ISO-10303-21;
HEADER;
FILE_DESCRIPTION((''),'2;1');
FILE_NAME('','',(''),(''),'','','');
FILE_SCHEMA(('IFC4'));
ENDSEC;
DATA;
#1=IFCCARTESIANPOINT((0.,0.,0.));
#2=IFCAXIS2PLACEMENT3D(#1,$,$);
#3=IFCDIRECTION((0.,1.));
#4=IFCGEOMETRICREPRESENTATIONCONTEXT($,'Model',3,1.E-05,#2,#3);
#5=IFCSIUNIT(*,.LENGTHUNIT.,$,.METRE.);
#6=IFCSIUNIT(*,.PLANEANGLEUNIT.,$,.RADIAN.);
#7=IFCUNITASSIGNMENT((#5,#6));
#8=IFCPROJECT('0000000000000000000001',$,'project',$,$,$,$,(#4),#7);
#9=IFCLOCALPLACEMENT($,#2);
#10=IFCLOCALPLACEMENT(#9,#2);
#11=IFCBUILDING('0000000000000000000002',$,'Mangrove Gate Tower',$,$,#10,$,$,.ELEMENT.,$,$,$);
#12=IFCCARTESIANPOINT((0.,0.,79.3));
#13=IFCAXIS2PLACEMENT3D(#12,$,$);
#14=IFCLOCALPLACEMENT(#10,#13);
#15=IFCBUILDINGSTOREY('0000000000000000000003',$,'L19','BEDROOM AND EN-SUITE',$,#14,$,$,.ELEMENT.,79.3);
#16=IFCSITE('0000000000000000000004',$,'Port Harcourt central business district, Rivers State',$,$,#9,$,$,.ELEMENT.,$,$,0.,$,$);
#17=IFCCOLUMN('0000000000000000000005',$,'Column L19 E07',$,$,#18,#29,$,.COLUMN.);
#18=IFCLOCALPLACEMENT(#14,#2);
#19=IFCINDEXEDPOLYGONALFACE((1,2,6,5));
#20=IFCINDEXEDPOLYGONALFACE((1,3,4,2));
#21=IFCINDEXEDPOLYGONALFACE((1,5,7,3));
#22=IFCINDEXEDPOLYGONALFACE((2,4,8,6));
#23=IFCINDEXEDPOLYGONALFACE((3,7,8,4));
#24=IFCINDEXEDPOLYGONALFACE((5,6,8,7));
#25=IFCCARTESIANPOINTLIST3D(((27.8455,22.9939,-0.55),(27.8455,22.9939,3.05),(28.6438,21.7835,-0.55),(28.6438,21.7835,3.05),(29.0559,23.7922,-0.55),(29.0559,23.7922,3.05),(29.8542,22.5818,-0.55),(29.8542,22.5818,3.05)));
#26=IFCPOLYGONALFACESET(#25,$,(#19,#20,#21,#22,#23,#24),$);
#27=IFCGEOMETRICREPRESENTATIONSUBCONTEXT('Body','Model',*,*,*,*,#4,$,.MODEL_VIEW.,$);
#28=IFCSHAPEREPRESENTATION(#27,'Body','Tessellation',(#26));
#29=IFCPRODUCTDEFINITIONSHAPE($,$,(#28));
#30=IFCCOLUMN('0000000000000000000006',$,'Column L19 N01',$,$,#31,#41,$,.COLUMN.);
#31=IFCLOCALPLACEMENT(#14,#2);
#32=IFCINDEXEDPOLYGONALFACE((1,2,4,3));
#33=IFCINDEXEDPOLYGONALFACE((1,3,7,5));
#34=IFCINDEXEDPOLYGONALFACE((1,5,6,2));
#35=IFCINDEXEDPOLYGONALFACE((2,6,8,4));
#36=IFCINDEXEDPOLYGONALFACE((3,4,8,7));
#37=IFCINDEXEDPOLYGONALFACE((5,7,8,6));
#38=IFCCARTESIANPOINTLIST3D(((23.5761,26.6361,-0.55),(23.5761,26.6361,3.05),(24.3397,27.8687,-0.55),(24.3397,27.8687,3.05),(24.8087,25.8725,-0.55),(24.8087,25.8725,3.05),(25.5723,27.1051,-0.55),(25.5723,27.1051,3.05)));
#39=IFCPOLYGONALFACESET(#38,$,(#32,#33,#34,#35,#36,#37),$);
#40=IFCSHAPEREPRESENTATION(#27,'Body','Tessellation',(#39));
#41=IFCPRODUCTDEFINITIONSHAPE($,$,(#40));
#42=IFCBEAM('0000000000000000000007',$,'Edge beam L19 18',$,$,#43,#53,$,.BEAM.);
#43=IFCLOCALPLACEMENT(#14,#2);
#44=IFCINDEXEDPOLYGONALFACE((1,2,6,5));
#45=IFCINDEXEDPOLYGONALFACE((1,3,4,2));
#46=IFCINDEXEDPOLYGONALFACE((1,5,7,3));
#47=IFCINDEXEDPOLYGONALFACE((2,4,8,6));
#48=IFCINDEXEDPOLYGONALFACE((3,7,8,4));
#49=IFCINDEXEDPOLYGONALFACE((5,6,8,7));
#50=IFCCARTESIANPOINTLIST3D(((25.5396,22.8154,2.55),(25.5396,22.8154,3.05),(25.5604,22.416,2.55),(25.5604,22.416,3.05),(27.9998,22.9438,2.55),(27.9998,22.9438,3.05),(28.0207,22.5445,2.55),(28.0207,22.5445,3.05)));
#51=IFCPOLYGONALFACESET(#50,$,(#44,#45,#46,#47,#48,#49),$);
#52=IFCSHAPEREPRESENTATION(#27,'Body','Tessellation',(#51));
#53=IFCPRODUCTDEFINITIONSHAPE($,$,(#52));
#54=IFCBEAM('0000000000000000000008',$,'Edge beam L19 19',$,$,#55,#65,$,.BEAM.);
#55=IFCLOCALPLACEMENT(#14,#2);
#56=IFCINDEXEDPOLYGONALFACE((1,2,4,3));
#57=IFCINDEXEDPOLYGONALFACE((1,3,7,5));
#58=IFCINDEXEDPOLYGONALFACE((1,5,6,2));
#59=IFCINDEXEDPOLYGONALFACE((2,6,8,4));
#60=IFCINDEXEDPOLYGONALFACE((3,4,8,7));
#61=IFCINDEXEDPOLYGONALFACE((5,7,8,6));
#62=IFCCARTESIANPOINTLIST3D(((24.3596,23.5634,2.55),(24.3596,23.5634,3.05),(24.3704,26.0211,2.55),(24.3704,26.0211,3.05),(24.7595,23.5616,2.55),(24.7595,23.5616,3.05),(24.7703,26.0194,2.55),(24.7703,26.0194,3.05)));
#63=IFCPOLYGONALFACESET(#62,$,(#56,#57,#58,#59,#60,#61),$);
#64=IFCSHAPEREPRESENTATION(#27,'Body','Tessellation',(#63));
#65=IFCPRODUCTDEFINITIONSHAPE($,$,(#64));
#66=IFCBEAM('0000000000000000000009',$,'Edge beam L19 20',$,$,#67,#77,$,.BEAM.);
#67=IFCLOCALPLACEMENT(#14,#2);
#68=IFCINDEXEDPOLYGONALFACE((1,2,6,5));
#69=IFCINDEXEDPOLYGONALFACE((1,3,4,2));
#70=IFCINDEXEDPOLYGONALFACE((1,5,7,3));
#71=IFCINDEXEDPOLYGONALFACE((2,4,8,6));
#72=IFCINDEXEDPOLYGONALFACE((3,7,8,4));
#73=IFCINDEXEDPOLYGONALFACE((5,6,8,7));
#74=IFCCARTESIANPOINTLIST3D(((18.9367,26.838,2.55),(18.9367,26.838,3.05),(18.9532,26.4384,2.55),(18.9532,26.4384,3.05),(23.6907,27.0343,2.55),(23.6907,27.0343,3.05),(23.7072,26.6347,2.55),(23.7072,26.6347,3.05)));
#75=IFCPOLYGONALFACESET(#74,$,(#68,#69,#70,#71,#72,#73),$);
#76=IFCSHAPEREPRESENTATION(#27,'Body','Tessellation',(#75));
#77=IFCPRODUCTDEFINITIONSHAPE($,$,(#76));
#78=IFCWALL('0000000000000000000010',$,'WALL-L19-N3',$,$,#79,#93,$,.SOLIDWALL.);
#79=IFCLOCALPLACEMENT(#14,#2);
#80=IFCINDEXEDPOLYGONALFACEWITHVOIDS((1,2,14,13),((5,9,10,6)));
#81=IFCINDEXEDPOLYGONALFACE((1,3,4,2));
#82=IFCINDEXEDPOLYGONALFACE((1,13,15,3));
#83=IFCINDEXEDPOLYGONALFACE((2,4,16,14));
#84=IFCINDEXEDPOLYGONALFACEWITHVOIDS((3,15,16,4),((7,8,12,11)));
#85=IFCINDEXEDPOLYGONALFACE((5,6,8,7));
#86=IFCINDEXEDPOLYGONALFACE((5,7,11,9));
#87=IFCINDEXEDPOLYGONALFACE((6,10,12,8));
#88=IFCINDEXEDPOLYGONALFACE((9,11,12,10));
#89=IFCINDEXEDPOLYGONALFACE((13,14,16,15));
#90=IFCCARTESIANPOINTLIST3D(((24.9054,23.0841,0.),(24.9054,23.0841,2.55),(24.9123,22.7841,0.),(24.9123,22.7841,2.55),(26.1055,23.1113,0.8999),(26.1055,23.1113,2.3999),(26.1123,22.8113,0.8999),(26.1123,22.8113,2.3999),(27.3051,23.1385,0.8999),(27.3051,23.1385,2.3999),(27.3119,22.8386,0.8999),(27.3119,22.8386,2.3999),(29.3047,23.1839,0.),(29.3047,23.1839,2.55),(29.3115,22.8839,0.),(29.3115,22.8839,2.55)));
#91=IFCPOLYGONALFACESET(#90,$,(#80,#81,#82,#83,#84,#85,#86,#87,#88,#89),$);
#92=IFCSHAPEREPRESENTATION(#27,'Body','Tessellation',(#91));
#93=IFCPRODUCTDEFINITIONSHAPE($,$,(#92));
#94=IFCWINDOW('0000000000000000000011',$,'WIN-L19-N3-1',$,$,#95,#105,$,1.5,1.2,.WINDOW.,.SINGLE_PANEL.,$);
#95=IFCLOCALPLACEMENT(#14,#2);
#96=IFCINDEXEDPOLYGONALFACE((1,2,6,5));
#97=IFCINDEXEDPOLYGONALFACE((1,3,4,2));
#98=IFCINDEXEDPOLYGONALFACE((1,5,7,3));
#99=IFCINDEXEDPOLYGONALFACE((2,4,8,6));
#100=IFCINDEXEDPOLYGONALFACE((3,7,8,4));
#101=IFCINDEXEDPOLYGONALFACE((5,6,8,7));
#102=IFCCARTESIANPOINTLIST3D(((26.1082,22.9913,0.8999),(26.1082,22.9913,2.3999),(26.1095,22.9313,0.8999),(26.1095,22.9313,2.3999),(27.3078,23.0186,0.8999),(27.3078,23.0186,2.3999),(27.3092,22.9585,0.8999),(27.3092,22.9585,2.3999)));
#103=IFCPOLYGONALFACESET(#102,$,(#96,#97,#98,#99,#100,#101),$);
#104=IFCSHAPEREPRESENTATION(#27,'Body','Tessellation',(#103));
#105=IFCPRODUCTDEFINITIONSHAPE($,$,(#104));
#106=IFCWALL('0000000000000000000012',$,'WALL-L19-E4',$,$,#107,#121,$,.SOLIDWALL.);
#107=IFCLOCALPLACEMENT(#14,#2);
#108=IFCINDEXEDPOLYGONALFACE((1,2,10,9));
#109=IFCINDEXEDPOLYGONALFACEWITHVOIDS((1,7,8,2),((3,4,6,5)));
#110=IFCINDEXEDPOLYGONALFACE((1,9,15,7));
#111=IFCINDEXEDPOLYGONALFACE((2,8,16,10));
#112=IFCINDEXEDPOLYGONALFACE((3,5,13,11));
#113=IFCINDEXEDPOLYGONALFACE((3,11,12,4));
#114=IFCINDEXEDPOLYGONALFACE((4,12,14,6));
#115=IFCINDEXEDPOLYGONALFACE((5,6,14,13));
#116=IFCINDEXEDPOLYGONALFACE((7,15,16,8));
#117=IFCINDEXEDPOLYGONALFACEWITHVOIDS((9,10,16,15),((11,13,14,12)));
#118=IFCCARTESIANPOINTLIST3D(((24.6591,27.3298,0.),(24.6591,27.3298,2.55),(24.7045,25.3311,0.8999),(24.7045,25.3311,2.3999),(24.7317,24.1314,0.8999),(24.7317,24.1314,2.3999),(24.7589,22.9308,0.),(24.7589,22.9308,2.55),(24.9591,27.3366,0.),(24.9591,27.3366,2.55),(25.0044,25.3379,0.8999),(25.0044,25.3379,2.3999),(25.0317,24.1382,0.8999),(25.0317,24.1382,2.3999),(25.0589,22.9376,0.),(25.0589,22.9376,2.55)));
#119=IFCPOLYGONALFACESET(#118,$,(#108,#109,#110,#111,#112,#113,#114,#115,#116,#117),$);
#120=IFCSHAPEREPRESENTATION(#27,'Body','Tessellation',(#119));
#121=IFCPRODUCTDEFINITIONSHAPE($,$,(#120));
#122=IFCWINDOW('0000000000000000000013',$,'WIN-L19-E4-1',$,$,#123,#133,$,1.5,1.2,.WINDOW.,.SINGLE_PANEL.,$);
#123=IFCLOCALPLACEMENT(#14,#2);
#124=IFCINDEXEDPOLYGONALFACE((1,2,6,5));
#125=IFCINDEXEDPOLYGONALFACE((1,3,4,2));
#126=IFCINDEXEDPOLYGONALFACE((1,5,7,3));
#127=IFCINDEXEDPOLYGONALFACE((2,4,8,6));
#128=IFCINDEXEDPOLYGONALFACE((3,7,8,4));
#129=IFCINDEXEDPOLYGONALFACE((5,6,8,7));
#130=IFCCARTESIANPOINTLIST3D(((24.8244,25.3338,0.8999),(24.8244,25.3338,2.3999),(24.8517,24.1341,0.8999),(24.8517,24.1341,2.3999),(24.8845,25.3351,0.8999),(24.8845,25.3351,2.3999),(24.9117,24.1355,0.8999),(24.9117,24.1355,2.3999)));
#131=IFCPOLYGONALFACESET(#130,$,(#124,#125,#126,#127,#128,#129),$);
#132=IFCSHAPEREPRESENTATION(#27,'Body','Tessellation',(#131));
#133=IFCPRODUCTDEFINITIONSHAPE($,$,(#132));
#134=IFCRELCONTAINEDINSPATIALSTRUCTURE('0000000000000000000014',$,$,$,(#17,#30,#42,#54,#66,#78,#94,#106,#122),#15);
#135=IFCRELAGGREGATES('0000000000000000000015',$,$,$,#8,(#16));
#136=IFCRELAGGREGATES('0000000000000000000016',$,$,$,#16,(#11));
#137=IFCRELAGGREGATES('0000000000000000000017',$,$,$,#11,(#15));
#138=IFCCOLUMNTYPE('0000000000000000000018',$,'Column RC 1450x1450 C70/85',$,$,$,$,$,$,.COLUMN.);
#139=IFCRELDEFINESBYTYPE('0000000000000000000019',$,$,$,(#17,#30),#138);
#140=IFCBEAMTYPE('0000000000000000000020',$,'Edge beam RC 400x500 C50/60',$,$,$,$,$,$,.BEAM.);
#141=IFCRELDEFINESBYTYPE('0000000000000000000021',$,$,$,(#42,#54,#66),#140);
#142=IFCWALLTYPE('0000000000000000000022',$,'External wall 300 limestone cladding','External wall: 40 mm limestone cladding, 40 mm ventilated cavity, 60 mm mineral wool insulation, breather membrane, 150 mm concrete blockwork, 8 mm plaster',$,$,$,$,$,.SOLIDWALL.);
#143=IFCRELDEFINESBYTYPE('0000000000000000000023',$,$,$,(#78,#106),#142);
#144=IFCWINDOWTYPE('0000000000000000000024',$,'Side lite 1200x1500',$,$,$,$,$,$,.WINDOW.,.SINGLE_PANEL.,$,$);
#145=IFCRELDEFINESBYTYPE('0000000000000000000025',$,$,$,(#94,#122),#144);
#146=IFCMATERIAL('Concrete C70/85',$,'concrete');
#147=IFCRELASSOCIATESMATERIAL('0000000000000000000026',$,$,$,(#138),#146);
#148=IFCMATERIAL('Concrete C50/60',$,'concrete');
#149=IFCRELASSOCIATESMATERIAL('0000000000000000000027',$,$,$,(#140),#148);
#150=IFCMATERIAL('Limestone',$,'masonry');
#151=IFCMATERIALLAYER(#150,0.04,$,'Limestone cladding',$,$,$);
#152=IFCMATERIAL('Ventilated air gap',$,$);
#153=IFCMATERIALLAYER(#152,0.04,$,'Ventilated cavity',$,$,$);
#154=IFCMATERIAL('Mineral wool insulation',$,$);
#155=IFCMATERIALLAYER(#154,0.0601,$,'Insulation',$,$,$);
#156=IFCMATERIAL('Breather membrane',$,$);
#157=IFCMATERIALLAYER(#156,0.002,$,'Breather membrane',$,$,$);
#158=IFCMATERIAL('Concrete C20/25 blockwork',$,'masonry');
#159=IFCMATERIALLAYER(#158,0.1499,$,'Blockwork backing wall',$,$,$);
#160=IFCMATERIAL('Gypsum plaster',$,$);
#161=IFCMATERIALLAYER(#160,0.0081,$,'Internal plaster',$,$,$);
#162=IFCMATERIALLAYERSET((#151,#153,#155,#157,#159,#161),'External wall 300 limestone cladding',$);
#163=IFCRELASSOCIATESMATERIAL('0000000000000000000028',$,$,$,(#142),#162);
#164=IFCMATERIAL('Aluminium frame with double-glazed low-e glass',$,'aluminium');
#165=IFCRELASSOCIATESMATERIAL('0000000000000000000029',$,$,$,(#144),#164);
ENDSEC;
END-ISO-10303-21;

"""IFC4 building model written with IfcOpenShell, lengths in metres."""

from ifc_helpers import new_model, si_unit, direction, frame, frame_2d, origin, origin_2d, place, context, subcontext, project, spatial, rectangle, extrude, material, layer, layer_set, material_profile, profile_set, type_object, element, fill, save


model = new_model("IFC4")

# Units and contexts
model_context = context("Model", 3, precision=1e-05, world=origin(), true_north=direction((0.0, 1.0)))
body_context = subcontext(model_context, "Body", "Model", "MODEL_VIEW")
ifc_project = project(units=[si_unit("LENGTHUNIT", "METRE"), si_unit("PLANEANGLEUNIT", "RADIAN")], contexts=[model_context])

# Site, building, storey
site_placement = place(None, origin())
site = spatial("IfcSite", under=ifc_project, at=site_placement, Name="Port Harcourt central business district, Rivers State", CompositionType="ELEMENT", RefElevation=0.0)
building_placement = place(site_placement, origin())
building = spatial("IfcBuilding", under=site, at=building_placement, Name="Mangrove Gate Tower", CompositionType="ELEMENT")
storey_placement = place(building_placement, frame((0.0, 0.0, 79.3)))
storey = spatial("IfcBuildingStorey", under=building, at=storey_placement, Name="L19", Description="BEDROOM AND EN-SUITE", CompositionType="ELEMENT", Elevation=79.3)

# Columns
ifc_material_1 = material(Name="Concrete C70/85", Category="concrete")
ifc_material_profile_1 = material_profile(ifc_material_1, rectangle(XDim=1.45, YDim=1.45, at=origin_2d()))
ifc_profile_set_1 = profile_set([ifc_material_profile_1], Name="Concrete C70/85")
column_type = type_object("IfcColumnType", Name="Column RC 1450x1450 C70/85", PredefinedType="COLUMN", material=ifc_profile_set_1)
for number, where, z_axis, x_axis, name in (
    (1, (28.8499, 22.7878, -0.55), (0.0, 0.0, 1.0), (-0.550568, 0.83479, 0.0), "Column L19 E07"),
    (2, (24.5742, 26.8706, -0.55), (0.0, 0.0, 1.0), (-0.850083, 0.526649, 0.0), "Column L19 N01"),
):
    element("IfcColumn", number, at=place(storey_placement, frame(where, z_axis=z_axis, x_axis=x_axis)), inside=storey, type_object=column_type, Name=name, PredefinedType="COLUMN", context=body_context, shape_type="SweptSolid", body=[
        extrude(rectangle(XDim=1.45, YDim=1.45, at=origin_2d()), origin(), (0.0, 0.0, 1.0), 3.6001),
    ])

# Beams
ifc_material_2 = material(Name="Concrete C50/60", Category="concrete")
ifc_material_profile_2 = material_profile(ifc_material_2, rectangle(XDim=0.3999, YDim=0.5, at=origin_2d()))
ifc_profile_set_2 = profile_set([ifc_material_profile_2], Name="Concrete C50/60")
beam_type = type_object("IfcBeamType", Name="Edge beam RC 400x500 C50/60", PredefinedType="BEAM", material=ifc_profile_set_2)
beam_1_placement = place(storey_placement, frame((28.0103, 22.7441, 2.8), z_axis=(-0.99864, -0.052127, 0.0), x_axis=(0.052127, -0.99864, 0.0)))
element("IfcBeam", 3, at=beam_1_placement, inside=storey, type_object=beam_type, Name="Edge beam L19 18", PredefinedType="BEAM", context=body_context, shape_type="SweptSolid", body=[
    extrude(rectangle(XDim=0.3999, YDim=0.5, at=origin_2d()), origin(), (0.0, 0.0, 1.0), 2.4636),
])
beam_2_placement = place(storey_placement, frame((24.5596, 23.5625, 2.8), z_axis=(0.004371, 0.99999, 0.0), x_axis=(-0.99999, 0.004371, 0.0)))
element("IfcBeam", 4, at=beam_2_placement, inside=storey, type_object=beam_type, Name="Edge beam L19 19", PredefinedType="BEAM", context=body_context, shape_type="SweptSolid", body=[
    extrude(rectangle(XDim=0.3999, YDim=0.5, at=origin_2d()), origin(), (0.0, 0.0, 1.0), 2.4578),
])
beam_3_placement = place(storey_placement, frame((23.699, 26.8345, 2.8), z_axis=(-0.999149, -0.041255, 0.0), x_axis=(0.041255, -0.999149, 0.0)))
element("IfcBeam", 5, at=beam_3_placement, inside=storey, type_object=beam_type, Name="Edge beam L19 20", PredefinedType="BEAM", context=body_context, shape_type="SweptSolid", body=[
    extrude(rectangle(XDim=0.3999, YDim=0.5, at=origin_2d()), origin(), (0.0, 0.0, 1.0), 4.7581),
])

# Walls, openings, windows
ifc_material_3 = material(Name="Limestone", Category="masonry")
ifc_layer_1 = layer(ifc_material_3, 0.04, Name="Limestone cladding")
ifc_material_4 = material(Name="Ventilated air gap")
ifc_layer_2 = layer(ifc_material_4, 0.04, Name="Ventilated cavity")
ifc_material_5 = material(Name="Mineral wool insulation")
ifc_layer_3 = layer(ifc_material_5, 0.0601, Name="Insulation")
ifc_material_6 = material(Name="Breather membrane")
ifc_layer_4 = layer(ifc_material_6, 0.002, Name="Breather membrane")
ifc_material_7 = material(Name="Concrete C20/25 blockwork", Category="masonry")
ifc_layer_5 = layer(ifc_material_7, 0.1499, Name="Blockwork backing wall")
ifc_material_8 = material(Name="Gypsum plaster")
ifc_layer_6 = layer(ifc_material_8, 0.0081, Name="Internal plaster")
ifc_layer_set = layer_set([ifc_layer_1, ifc_layer_2, ifc_layer_3, ifc_layer_4, ifc_layer_5, ifc_layer_6], Name="External wall 300 limestone cladding")
wall_type = type_object("IfcWallType", Name="External wall 300 limestone cladding", Description="External wall: 40 mm limestone cladding, 40 mm ventilated cavity, 60 mm mineral wool insulation, breather membrane, 150 mm concrete blockwork, 8 mm plaster", PredefinedType="SOLIDWALL", material=ifc_layer_set)
wall_1_placement = place(storey_placement, frame((29.3081, 23.0339, 0.0), z_axis=(0.0, 0.0, 1.0), x_axis=(-0.999742, -0.022692, 0.0)))
wall_1 = element("IfcWall", 6, at=wall_1_placement, inside=storey, type_object=wall_type, Name="WALL-L19-N3", PredefinedType="SOLIDWALL", context=body_context, shape_type="SweptSolid", body=[
    extrude(rectangle(XDim=4.4004, YDim=0.3, at=frame_2d((2.2002, 0.0))), origin(), (0.0, 0.0, 1.0), 2.55),
])
opening_1_placement = place(wall_1_placement, frame((2.0, 0.0, 0.8999)))
opening_1 = element("IfcOpeningElement", 7, at=opening_1_placement, cuts=wall_1, PredefinedType="OPENING", context=body_context, shape_type="SweptSolid", body=[
    extrude(rectangle(XDim=1.2, YDim=1.5, at=frame_2d((0.6001, 0.75))), frame((0.0, 0.1599, 0.0), z_axis=(0.0, -1.0, 0.0), x_axis=(1.0, 0.0, 0.0)), (0.0, 0.0, 1.0), 0.3201),
])
ifc_material_9 = material(Name="Aluminium frame with double-glazed low-e glass", Category="aluminium")
window_type_1 = type_object("IfcWindowType", Name="Side lite 1200x1500", PartitioningType="SINGLE_PANEL", PredefinedType="WINDOW", material=ifc_material_9)
window_1_placement = place(opening_1_placement, origin())
window_1 = element("IfcWindow", 8, at=window_1_placement, inside=storey, type_object=window_type_1, Name="WIN-L19-N3-1", OverallHeight=1.5, OverallWidth=1.2, PartitioningType="SINGLE_PANEL", PredefinedType="WINDOW", context=body_context, shape_type="SweptSolid", body=[
    extrude(rectangle(XDim=1.2, YDim=1.5, at=frame_2d((0.6001, 0.75))), frame((0.0, 0.03, 0.0), z_axis=(0.0, -1.0, 0.0), x_axis=(1.0, 0.0, 0.0)), (0.0, 0.0, 1.0), 0.0601),
])
fill(opening_1, window_1)
wall_2_placement = place(storey_placement, frame((24.9089, 22.9341, 0.0), z_axis=(0.0, 0.0, 1.0), x_axis=(-0.022694, 0.999742, 0.0)))
wall_2 = element("IfcWall", 9, at=wall_2_placement, inside=storey, type_object=wall_type, Name="WALL-L19-E4", PredefinedType="SOLIDWALL", context=body_context, shape_type="SweptSolid", body=[
    extrude(rectangle(XDim=4.4001, YDim=0.3, at=frame_2d((2.2002, 0.0))), origin(), (0.0, 0.0, 1.0), 2.55),
])
opening_2_placement = place(wall_2_placement, frame((1.2009, 0.0, 0.8999)))
opening_2 = element("IfcOpeningElement", 10, at=opening_2_placement, cuts=wall_2, PredefinedType="OPENING", context=body_context, shape_type="SweptSolid", body=[
    extrude(rectangle(XDim=1.2, YDim=1.5, at=frame_2d((0.6001, 0.75))), frame((0.0, 0.1599, 0.0), z_axis=(0.0, -1.0, 0.0), x_axis=(1.0, 0.0, 0.0)), (0.0, 0.0, 1.0), 0.3201),
])
window_2_placement = place(opening_2_placement, origin())
window_2 = element("IfcWindow", 11, at=window_2_placement, inside=storey, type_object=window_type_1, Name="WIN-L19-E4-1", OverallHeight=1.5, OverallWidth=1.2, PartitioningType="SINGLE_PANEL", PredefinedType="WINDOW", context=body_context, shape_type="SweptSolid", body=[
    extrude(rectangle(XDim=1.2, YDim=1.5, at=frame_2d((0.6001, 0.75))), frame((0.0, 0.03, 0.0), z_axis=(0.0, -1.0, 0.0), x_axis=(1.0, 0.0, 0.0)), (0.0, 0.0, 1.0), 0.0601),
])
fill(opening_2, window_2)

save(model, "model.ifc")
